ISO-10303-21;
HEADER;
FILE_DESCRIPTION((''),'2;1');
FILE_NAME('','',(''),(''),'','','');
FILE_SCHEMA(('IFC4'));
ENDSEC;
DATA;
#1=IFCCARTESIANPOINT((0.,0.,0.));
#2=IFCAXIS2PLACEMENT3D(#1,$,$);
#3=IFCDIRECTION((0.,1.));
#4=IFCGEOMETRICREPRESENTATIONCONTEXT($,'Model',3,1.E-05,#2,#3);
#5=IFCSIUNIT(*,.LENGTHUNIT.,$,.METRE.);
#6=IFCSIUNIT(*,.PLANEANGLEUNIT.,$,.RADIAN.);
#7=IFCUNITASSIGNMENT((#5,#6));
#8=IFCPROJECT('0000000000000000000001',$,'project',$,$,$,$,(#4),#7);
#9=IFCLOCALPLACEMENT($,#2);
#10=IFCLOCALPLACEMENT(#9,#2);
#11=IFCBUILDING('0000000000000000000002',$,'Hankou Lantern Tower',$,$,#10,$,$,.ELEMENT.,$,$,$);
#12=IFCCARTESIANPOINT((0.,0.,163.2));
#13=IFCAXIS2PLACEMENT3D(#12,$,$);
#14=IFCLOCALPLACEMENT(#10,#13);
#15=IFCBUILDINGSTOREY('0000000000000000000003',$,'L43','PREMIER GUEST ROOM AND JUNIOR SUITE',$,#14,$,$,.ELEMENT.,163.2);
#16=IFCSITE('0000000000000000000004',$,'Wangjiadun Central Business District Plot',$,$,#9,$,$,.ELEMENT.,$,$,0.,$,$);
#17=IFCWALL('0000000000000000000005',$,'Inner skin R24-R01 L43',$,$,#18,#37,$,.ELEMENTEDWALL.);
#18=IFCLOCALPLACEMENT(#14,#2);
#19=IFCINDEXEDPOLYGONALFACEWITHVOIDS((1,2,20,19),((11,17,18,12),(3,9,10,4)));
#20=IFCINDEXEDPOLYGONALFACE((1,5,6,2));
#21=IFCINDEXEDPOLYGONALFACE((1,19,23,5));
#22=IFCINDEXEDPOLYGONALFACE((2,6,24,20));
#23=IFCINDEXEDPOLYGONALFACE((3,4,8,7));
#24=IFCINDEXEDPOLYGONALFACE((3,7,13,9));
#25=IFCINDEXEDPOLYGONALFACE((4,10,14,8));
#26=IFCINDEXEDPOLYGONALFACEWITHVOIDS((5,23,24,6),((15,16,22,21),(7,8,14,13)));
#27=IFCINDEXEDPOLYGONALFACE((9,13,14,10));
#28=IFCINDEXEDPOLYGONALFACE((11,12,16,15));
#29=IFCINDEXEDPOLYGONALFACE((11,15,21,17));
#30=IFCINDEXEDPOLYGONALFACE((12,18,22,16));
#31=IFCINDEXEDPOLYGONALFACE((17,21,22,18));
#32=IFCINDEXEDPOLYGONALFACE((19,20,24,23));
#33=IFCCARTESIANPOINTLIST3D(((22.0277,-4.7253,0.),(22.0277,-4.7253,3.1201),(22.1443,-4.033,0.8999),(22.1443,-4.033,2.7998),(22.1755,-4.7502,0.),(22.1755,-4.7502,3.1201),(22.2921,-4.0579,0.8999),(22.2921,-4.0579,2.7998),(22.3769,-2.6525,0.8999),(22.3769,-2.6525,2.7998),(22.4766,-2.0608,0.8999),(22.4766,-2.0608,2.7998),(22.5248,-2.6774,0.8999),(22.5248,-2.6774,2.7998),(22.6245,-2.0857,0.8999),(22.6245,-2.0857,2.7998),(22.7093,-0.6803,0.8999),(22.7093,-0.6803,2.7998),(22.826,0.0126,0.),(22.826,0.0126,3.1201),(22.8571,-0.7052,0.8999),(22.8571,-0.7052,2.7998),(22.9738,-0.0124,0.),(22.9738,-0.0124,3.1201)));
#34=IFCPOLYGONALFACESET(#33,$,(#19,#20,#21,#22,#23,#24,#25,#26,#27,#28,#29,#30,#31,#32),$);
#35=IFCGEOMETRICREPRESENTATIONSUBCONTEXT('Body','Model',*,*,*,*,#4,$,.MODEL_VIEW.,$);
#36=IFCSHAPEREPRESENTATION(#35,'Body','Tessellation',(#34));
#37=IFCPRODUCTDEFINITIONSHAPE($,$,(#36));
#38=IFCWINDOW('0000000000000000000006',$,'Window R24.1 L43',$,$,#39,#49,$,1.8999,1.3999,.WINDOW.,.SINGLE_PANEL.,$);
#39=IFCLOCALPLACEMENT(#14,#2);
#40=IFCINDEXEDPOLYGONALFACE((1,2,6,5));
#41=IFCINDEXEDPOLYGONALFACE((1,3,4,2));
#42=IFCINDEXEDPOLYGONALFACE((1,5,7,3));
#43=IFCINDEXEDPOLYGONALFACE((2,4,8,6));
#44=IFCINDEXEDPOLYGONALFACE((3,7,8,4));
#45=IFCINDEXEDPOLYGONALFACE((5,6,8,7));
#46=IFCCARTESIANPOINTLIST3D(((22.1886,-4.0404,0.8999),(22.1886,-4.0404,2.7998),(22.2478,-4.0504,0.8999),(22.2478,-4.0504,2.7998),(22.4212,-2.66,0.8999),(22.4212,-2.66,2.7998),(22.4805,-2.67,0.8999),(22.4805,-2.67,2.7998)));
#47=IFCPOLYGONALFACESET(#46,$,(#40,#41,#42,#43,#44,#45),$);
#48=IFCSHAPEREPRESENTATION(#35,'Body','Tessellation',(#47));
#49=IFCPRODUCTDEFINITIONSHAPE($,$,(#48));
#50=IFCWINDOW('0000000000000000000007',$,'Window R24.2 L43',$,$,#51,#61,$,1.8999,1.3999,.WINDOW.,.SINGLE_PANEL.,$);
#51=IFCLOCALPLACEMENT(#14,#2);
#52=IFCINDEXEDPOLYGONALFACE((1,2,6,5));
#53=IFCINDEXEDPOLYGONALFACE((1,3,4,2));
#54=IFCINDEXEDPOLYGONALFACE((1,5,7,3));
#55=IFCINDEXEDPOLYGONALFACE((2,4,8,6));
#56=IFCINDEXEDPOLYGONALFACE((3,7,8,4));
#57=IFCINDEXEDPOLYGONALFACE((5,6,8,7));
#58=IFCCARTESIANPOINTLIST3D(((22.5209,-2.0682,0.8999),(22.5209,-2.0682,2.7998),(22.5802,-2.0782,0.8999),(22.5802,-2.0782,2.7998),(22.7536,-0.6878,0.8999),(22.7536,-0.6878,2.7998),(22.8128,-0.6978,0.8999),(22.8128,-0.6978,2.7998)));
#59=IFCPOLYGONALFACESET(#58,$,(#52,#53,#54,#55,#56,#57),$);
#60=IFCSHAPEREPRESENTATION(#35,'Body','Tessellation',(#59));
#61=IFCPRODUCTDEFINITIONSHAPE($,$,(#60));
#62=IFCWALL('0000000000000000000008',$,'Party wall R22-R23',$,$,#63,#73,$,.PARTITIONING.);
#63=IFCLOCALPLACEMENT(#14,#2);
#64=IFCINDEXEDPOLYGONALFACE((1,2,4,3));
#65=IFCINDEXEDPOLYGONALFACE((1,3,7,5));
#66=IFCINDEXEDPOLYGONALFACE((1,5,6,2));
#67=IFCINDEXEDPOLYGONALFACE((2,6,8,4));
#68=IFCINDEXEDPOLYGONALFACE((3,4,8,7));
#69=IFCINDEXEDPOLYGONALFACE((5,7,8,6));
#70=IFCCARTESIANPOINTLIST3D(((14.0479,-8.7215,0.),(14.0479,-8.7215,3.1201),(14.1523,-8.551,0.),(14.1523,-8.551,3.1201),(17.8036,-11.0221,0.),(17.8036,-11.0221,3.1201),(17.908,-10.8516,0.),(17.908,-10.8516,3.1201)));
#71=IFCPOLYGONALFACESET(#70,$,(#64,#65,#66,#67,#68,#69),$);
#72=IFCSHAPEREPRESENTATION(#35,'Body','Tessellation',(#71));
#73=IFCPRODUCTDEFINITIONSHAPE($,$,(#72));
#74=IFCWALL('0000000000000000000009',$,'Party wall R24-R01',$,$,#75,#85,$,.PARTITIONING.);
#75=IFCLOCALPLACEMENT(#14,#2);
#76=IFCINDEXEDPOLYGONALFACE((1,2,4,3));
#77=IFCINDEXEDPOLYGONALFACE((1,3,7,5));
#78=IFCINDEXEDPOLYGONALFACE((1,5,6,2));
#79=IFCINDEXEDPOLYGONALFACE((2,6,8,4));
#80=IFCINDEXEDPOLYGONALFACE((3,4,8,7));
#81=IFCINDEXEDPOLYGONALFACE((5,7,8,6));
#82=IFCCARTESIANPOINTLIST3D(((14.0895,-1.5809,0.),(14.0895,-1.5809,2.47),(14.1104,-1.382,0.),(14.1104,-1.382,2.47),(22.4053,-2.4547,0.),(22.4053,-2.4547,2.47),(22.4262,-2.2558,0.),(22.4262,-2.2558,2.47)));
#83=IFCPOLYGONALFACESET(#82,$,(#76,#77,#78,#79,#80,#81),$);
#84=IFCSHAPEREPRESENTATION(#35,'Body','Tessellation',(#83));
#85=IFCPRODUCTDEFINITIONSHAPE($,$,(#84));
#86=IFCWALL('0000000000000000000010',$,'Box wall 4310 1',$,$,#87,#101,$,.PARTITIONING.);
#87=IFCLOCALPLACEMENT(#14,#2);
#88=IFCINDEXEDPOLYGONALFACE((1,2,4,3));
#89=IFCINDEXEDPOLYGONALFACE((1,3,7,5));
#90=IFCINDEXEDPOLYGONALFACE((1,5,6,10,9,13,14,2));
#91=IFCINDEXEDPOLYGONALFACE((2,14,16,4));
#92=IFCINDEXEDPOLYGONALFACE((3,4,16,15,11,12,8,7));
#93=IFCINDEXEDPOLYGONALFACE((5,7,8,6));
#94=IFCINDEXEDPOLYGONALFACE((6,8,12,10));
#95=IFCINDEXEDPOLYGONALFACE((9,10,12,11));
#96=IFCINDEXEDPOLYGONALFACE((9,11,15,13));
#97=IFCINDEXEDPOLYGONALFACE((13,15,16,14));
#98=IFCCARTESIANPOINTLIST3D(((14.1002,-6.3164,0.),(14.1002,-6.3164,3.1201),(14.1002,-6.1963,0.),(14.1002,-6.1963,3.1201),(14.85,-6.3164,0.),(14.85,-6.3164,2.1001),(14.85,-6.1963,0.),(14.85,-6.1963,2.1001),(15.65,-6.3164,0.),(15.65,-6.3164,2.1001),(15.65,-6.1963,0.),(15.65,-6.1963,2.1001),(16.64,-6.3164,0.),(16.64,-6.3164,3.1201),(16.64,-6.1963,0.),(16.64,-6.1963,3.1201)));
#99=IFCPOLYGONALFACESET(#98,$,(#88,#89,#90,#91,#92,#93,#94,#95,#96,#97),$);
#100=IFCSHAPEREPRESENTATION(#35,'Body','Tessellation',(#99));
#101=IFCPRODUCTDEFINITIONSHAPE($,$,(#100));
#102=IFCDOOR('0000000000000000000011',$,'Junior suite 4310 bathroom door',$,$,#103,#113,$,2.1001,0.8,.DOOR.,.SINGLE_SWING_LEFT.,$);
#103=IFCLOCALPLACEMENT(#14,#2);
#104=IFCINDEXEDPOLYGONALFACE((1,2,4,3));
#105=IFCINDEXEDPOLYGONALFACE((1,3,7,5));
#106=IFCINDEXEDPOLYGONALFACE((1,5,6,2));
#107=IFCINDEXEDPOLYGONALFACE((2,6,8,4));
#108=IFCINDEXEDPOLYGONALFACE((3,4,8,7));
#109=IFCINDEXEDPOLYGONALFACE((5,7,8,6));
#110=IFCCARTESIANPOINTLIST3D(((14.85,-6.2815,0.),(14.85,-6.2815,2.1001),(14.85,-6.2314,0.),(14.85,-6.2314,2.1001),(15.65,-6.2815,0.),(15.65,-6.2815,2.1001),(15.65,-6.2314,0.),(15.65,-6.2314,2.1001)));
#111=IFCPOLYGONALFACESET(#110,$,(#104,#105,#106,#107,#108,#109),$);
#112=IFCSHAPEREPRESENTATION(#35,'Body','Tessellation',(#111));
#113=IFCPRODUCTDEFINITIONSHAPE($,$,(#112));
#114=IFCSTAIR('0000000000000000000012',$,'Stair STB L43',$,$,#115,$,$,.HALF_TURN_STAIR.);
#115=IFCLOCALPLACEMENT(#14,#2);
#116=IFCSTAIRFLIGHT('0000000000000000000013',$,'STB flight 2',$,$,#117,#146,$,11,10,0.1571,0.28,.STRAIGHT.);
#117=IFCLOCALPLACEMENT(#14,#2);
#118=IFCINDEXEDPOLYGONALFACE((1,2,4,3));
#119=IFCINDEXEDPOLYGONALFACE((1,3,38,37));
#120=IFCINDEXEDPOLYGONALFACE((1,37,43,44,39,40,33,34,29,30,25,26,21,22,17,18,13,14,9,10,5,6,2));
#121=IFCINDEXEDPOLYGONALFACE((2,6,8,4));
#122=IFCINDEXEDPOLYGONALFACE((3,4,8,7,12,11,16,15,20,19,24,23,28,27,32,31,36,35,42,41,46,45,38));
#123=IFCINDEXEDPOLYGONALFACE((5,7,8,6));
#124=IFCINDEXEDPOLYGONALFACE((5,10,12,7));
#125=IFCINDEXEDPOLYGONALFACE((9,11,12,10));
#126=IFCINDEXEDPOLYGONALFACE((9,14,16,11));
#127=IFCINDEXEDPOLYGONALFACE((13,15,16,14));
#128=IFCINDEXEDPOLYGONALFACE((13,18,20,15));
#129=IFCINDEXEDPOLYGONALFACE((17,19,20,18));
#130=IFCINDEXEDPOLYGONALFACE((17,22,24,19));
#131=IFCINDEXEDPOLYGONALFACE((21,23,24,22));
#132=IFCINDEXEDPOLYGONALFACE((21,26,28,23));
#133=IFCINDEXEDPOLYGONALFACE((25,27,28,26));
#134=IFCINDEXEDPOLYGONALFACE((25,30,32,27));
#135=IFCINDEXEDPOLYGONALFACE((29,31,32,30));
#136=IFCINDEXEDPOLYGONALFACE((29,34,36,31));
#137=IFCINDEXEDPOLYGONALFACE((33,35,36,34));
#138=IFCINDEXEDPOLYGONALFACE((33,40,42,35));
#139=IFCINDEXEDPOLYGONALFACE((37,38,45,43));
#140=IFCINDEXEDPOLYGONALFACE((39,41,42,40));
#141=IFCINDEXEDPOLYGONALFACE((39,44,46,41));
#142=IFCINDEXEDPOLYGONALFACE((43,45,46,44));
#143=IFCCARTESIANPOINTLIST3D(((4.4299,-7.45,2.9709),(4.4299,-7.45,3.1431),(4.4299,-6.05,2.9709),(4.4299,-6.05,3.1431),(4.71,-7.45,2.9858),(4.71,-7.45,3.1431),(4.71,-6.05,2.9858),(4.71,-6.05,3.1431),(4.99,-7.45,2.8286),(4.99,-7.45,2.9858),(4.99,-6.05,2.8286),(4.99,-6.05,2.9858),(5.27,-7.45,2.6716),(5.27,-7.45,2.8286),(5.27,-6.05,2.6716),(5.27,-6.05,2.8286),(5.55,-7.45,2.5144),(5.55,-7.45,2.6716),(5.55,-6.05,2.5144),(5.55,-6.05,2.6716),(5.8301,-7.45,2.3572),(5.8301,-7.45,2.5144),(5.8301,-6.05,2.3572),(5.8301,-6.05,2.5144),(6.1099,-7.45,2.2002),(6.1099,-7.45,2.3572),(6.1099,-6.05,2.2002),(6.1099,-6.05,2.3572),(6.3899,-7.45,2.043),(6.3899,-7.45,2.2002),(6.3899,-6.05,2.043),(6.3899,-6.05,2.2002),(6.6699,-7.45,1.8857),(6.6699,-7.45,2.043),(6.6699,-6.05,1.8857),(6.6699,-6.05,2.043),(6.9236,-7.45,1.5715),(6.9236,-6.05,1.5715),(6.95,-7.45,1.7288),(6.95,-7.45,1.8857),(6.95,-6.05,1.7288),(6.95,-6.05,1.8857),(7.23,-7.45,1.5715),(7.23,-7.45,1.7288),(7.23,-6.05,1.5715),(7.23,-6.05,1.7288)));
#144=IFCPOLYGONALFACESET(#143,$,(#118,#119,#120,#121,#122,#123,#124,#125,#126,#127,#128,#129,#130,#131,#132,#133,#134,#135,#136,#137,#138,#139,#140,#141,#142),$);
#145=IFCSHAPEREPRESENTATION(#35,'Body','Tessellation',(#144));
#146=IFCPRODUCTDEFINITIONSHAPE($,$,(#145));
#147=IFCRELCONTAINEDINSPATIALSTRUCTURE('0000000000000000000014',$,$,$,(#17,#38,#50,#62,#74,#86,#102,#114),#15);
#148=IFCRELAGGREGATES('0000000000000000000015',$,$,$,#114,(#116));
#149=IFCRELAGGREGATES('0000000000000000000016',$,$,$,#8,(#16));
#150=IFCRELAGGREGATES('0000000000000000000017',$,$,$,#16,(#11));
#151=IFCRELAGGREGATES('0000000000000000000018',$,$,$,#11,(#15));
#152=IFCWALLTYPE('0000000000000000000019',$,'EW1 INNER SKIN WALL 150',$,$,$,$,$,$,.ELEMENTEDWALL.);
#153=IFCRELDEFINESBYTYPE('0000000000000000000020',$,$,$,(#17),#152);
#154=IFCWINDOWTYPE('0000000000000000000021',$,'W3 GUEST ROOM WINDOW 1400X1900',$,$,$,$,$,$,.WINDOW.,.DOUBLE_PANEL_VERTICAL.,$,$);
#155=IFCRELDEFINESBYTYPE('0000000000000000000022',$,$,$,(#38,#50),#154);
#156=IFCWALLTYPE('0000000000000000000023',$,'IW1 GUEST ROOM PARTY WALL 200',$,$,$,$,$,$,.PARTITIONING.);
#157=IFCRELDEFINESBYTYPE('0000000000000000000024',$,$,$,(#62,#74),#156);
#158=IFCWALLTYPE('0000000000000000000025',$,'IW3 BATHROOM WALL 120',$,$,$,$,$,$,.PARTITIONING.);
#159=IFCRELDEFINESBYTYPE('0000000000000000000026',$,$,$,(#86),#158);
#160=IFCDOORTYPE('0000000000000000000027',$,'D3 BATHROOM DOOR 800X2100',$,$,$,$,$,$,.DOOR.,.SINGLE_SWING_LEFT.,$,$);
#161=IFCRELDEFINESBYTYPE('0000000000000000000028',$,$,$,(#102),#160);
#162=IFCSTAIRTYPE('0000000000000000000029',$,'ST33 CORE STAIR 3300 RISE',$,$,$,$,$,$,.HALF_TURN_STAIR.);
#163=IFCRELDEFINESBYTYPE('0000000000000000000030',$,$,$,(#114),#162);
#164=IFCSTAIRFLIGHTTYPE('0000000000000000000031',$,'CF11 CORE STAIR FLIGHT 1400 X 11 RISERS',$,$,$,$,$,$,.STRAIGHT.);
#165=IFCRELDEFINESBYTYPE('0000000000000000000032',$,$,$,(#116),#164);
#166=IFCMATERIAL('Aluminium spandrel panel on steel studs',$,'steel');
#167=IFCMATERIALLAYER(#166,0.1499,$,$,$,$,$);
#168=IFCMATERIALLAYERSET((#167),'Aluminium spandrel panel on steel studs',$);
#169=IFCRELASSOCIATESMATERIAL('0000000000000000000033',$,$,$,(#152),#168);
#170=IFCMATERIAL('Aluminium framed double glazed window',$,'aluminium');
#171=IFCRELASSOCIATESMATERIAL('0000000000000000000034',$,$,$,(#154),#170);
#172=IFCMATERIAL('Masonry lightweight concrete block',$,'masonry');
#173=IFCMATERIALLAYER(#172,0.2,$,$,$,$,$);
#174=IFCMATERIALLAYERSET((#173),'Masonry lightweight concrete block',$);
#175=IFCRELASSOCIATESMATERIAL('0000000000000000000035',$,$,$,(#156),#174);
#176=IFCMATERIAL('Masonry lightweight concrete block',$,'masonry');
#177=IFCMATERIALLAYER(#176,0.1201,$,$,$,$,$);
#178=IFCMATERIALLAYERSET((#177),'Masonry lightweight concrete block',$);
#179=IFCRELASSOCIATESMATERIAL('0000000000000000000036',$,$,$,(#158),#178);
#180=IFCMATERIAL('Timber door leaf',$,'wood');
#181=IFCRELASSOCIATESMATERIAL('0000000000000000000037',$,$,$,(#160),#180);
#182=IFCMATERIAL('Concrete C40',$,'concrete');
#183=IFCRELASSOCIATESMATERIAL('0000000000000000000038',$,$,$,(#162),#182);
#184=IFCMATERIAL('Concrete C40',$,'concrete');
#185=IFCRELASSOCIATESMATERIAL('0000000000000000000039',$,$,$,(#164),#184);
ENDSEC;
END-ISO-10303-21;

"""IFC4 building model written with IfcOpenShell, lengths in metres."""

from ifc_helpers import new_model, si_unit, direction, frame, frame_2d, origin, place, context, subcontext, project, spatial, polyline, rectangle, outline, extrude, material, layer, layer_set, type_object, element, fill, aggregate, save


model = new_model("IFC4")

# Units and contexts
model_context = context("Model", 3, precision=1e-05, world=origin(), true_north=direction((0.0, 1.0)))
body_context = subcontext(model_context, "Body", "Model", "MODEL_VIEW")
ifc_project = project(units=[si_unit("LENGTHUNIT", "METRE"), si_unit("PLANEANGLEUNIT", "RADIAN")], contexts=[model_context])

# Site, building, storey
site_placement = place(None, origin())
site = spatial("IfcSite", under=ifc_project, at=site_placement, Name="Wangjiadun Central Business District Plot", CompositionType="ELEMENT", RefElevation=0.0)
building_placement = place(site_placement, origin())
building = spatial("IfcBuilding", under=site, at=building_placement, Name="Hankou Lantern Tower", CompositionType="ELEMENT")
storey_placement = place(building_placement, frame((0.0, 0.0, 163.2)))
storey = spatial("IfcBuildingStorey", under=building, at=storey_placement, Name="L43", Description="PREMIER GUEST ROOM AND JUNIOR SUITE", CompositionType="ELEMENT", Elevation=163.2)

# Wall, openings, windows
ifc_material_1 = material(Name="Aluminium spandrel panel on steel studs", Category="steel")
ifc_layer_1 = layer(ifc_material_1, 0.1499)
ifc_layer_set_1 = layer_set([ifc_layer_1], Name="Aluminium spandrel panel on steel studs")
wall_type_1 = type_object("IfcWallType", Name="EW1 INNER SKIN WALL 150", PredefinedType="ELEMENTEDWALL", material=ifc_layer_set_1)
ifc_material_2 = material(Name="Aluminium framed double glazed window", Category="aluminium")
window_type = type_object("IfcWindowType", Name="W3 GUEST ROOM WINDOW 1400X1900", PartitioningType="DOUBLE_PANEL_VERTICAL", PredefinedType="WINDOW", material=ifc_material_2)
wall_1_placement = place(storey_placement, frame((22.1016, -4.7378, 0.0), z_axis=(0.0, 0.0, 1.0), x_axis=(0.166162, 0.986098, 0.0)))
wall_1 = element("IfcWall", 1, at=wall_1_placement, inside=storey, type_object=wall_type_1, Name="Inner skin R24-R01 L43", PredefinedType="ELEMENTEDWALL", context=body_context, shape_type="SweptSolid", body=[
    extrude(rectangle(XDim=4.8047, YDim=0.1499, at=frame_2d((2.4023, 0.0))), origin(), (0.0, 0.0, 1.0), 3.1201),
])
opening_1_placement = place(wall_1_placement, frame((0.7021, 0.0, 0.8999)))
opening_1 = element("IfcOpeningElement", 2, at=opening_1_placement, cuts=wall_1, PredefinedType="OPENING", context=body_context, shape_type="SweptSolid", body=[
    extrude(rectangle(XDim=1.3999, YDim=1.8999, at=frame_2d((0.7, 0.95))), frame((0.0, 0.085, 0.0), z_axis=(0.0, -1.0, 0.0), x_axis=(1.0, 0.0, 0.0)), (0.0, 0.0, 1.0), 0.1699),
])
opening_2_placement = place(wall_1_placement, frame((2.7021, 0.0, 0.8999)))
opening_2 = element("IfcOpeningElement", 3, at=opening_2_placement, cuts=wall_1, PredefinedType="OPENING", context=body_context, shape_type="SweptSolid", body=[
    extrude(rectangle(XDim=1.3999, YDim=1.8999, at=frame_2d((0.7, 0.95))), frame((0.0, 0.085, 0.0), z_axis=(0.0, -1.0, 0.0), x_axis=(1.0, 0.0, 0.0)), (0.0, 0.0, 1.0), 0.1699),
])
window_1_placement = place(opening_1_placement, origin())
window_1 = element("IfcWindow", 4, at=window_1_placement, inside=storey, type_object=window_type, Name="Window R24.1 L43", OverallHeight=1.8999, OverallWidth=1.3999, PartitioningType="SINGLE_PANEL", PredefinedType="WINDOW", context=body_context, shape_type="SweptSolid", body=[
    extrude(rectangle(XDim=1.3999, YDim=1.8999, at=frame_2d((0.7, 0.95))), frame((0.0, 0.03, 0.0), z_axis=(0.0, -1.0, 0.0), x_axis=(1.0, 0.0, 0.0)), (0.0, 0.0, 1.0), 0.0601),
])
fill(opening_1, window_1)
window_2_placement = place(opening_2_placement, origin())
window_2 = element("IfcWindow", 5, at=window_2_placement, inside=storey, type_object=window_type, Name="Window R24.2 L43", OverallHeight=1.8999, OverallWidth=1.3999, PartitioningType="SINGLE_PANEL", PredefinedType="WINDOW", context=body_context, shape_type="SweptSolid", body=[
    extrude(rectangle(XDim=1.3999, YDim=1.8999, at=frame_2d((0.7, 0.95))), frame((0.0, 0.03, 0.0), z_axis=(0.0, -1.0, 0.0), x_axis=(1.0, 0.0, 0.0)), (0.0, 0.0, 1.0), 0.0601),
])
fill(opening_2, window_2)

# Walls
ifc_material_3 = material(Name="Masonry lightweight concrete block", Category="masonry")
ifc_layer_2 = layer(ifc_material_3, 0.2)
ifc_layer_set_2 = layer_set([ifc_layer_2], Name="Masonry lightweight concrete block")
wall_type_2 = type_object("IfcWallType", Name="IW1 GUEST ROOM PARTY WALL 200", PredefinedType="PARTITIONING", material=ifc_layer_set_2)
wall_2_placement = place(storey_placement, frame((14.1001, -8.6362, 0.0), z_axis=(0.0, 0.0, 1.0), x_axis=(0.852732, -0.522349, 0.0)))
element("IfcWall", 6, at=wall_2_placement, inside=storey, type_object=wall_type_2, Name="Party wall R22-R23", PredefinedType="PARTITIONING", context=body_context, shape_type="SweptSolid", body=[
    extrude(rectangle(XDim=4.4043, YDim=0.2, at=frame_2d((2.2021, 0.0))), origin(), (0.0, 0.0, 1.0), 3.1201),
])
wall_3_placement = place(storey_placement, frame((14.1001, -1.4814, 0.0), z_axis=(0.0, 0.0, 1.0), x_axis=(0.994525, -0.104501, 0.0)))
element("IfcWall", 7, at=wall_3_placement, inside=storey, type_object=wall_type_2, Name="Party wall R24-R01", PredefinedType="PARTITIONING", context=body_context, shape_type="SweptSolid", body=[
    extrude(rectangle(XDim=8.3616, YDim=0.2, at=frame_2d((4.1807, 0.0))), origin(), (0.0, 0.0, 1.0), 2.47),
])

# Wall, opening, door
ifc_material_4 = material(Name="Masonry lightweight concrete block", Category="masonry")
ifc_layer_3 = layer(ifc_material_4, 0.1201)
ifc_layer_set_3 = layer_set([ifc_layer_3], Name="Masonry lightweight concrete block")
wall_type_3 = type_object("IfcWallType", Name="IW3 BATHROOM WALL 120", PredefinedType="PARTITIONING", material=ifc_layer_set_3)
wall_4_placement = place(storey_placement, frame((14.1001, -6.2563, 0.0), z_axis=(0.0, 0.0, 1.0), x_axis=(1.0, 0.0, 0.0)))
wall_4 = element("IfcWall", 8, at=wall_4_placement, inside=storey, type_object=wall_type_3, Name="Box wall 4310 1", PredefinedType="PARTITIONING", context=body_context, shape_type="SweptSolid", body=[
    extrude(rectangle(XDim=2.5398, YDim=0.1201, at=frame_2d((1.27, 0.0))), origin(), (0.0, 0.0, 1.0), 3.1201),
])
opening_3_placement = place(wall_4_placement, frame((0.75, 0.0, 0.0)))
opening_3 = element("IfcOpeningElement", 9, at=opening_3_placement, cuts=wall_4, PredefinedType="OPENING", context=body_context, shape_type="SweptSolid", body=[
    extrude(rectangle(XDim=0.8, YDim=2.1001, at=frame_2d((0.3999, 1.05))), frame((0.0, 0.0701, 0.0), z_axis=(0.0, -1.0, 0.0), x_axis=(1.0, 0.0, 0.0)), (0.0, 0.0, 1.0), 0.1401),
])
ifc_material_5 = material(Name="Timber door leaf", Category="wood")
door_type_1 = type_object("IfcDoorType", Name="D3 BATHROOM DOOR 800X2100", OperationType="SINGLE_SWING_LEFT", PredefinedType="DOOR", material=ifc_material_5)
door_1_placement = place(opening_3_placement, origin())
door_1 = element("IfcDoor", 10, at=door_1_placement, inside=storey, type_object=door_type_1, Name="Junior suite 4310 bathroom door", OperationType="SINGLE_SWING_LEFT", OverallHeight=2.1001, OverallWidth=0.8, PredefinedType="DOOR", context=body_context, shape_type="SweptSolid", body=[
    extrude(rectangle(XDim=0.8, YDim=2.1001, at=frame_2d((0.3999, 1.05))), frame((0.0, 0.0249, 0.0), z_axis=(0.0, -1.0, 0.0), x_axis=(1.0, 0.0, 0.0)), (0.0, 0.0, 1.0), 0.05),
])
fill(opening_3, door_1)

# Stair, stair flight
ifc_material_6 = material(Name="Concrete C40", Category="concrete")
stair_type = type_object("IfcStairType", Name="ST33 CORE STAIR 3300 RISE", PredefinedType="HALF_TURN_STAIR", material=ifc_material_6)
stair_placement = place(storey_placement, origin())
stair = element("IfcStair", 11, at=stair_placement, inside=storey, type_object=stair_type, Name="Stair STB L43", PredefinedType="HALF_TURN_STAIR")
ifc_material_7 = material(Name="Concrete C40", Category="concrete")
stair_flight_type = type_object("IfcStairFlightType", Name="CF11 CORE STAIR FLIGHT 1400 X 11 RISERS", PredefinedType="STRAIGHT", material=ifc_material_7)
stair_flight_placement = place(storey_placement, frame((7.23, -6.75, 1.5715), z_axis=(0.0, 0.0, 1.0), x_axis=(-1.0, 0.0, 0.0)))
stair_flight = element("IfcStairFlight", 12, at=stair_flight_placement, type_object=stair_flight_type, Name="STB flight 2", NumberOfRisers=11, NumberOfTreads=10, PredefinedType="STRAIGHT", RiserHeight=0.1571, TreadLength=0.28, context=body_context, shape_type="SweptSolid", body=[
    extrude(outline(polyline([(0.0, 0.0), (0.0, 0.1572), (0.28, 0.1572), (0.28, 0.3142), (0.5601, 0.3142), (0.5601, 0.4714), (0.8401, 0.4714), (0.8401, 0.6287), (1.1201, 0.6287), (1.1201, 0.7856), (1.3999, 0.7856), (1.3999, 0.9429), (1.6799, 0.9429), (1.6799, 1.1001), (1.96, 1.1001), (1.96, 1.2571), (2.24, 1.2571), (2.24, 1.4143), (2.52, 1.4143), (2.52, 1.5715), (2.8, 1.5715), (2.8, 1.7285), (2.8, 1.3994), (0.3064, 0.0), (0.0, 0.0)])), frame((0.0, 0.7, 0.0), z_axis=(0.0, -1.0, 0.0), x_axis=(1.0, 0.0, 0.0)), (0.0, 0.0, 1.0), 1.3999),
])
aggregate(stair, [stair_flight])

save(model, "model.ifc")
